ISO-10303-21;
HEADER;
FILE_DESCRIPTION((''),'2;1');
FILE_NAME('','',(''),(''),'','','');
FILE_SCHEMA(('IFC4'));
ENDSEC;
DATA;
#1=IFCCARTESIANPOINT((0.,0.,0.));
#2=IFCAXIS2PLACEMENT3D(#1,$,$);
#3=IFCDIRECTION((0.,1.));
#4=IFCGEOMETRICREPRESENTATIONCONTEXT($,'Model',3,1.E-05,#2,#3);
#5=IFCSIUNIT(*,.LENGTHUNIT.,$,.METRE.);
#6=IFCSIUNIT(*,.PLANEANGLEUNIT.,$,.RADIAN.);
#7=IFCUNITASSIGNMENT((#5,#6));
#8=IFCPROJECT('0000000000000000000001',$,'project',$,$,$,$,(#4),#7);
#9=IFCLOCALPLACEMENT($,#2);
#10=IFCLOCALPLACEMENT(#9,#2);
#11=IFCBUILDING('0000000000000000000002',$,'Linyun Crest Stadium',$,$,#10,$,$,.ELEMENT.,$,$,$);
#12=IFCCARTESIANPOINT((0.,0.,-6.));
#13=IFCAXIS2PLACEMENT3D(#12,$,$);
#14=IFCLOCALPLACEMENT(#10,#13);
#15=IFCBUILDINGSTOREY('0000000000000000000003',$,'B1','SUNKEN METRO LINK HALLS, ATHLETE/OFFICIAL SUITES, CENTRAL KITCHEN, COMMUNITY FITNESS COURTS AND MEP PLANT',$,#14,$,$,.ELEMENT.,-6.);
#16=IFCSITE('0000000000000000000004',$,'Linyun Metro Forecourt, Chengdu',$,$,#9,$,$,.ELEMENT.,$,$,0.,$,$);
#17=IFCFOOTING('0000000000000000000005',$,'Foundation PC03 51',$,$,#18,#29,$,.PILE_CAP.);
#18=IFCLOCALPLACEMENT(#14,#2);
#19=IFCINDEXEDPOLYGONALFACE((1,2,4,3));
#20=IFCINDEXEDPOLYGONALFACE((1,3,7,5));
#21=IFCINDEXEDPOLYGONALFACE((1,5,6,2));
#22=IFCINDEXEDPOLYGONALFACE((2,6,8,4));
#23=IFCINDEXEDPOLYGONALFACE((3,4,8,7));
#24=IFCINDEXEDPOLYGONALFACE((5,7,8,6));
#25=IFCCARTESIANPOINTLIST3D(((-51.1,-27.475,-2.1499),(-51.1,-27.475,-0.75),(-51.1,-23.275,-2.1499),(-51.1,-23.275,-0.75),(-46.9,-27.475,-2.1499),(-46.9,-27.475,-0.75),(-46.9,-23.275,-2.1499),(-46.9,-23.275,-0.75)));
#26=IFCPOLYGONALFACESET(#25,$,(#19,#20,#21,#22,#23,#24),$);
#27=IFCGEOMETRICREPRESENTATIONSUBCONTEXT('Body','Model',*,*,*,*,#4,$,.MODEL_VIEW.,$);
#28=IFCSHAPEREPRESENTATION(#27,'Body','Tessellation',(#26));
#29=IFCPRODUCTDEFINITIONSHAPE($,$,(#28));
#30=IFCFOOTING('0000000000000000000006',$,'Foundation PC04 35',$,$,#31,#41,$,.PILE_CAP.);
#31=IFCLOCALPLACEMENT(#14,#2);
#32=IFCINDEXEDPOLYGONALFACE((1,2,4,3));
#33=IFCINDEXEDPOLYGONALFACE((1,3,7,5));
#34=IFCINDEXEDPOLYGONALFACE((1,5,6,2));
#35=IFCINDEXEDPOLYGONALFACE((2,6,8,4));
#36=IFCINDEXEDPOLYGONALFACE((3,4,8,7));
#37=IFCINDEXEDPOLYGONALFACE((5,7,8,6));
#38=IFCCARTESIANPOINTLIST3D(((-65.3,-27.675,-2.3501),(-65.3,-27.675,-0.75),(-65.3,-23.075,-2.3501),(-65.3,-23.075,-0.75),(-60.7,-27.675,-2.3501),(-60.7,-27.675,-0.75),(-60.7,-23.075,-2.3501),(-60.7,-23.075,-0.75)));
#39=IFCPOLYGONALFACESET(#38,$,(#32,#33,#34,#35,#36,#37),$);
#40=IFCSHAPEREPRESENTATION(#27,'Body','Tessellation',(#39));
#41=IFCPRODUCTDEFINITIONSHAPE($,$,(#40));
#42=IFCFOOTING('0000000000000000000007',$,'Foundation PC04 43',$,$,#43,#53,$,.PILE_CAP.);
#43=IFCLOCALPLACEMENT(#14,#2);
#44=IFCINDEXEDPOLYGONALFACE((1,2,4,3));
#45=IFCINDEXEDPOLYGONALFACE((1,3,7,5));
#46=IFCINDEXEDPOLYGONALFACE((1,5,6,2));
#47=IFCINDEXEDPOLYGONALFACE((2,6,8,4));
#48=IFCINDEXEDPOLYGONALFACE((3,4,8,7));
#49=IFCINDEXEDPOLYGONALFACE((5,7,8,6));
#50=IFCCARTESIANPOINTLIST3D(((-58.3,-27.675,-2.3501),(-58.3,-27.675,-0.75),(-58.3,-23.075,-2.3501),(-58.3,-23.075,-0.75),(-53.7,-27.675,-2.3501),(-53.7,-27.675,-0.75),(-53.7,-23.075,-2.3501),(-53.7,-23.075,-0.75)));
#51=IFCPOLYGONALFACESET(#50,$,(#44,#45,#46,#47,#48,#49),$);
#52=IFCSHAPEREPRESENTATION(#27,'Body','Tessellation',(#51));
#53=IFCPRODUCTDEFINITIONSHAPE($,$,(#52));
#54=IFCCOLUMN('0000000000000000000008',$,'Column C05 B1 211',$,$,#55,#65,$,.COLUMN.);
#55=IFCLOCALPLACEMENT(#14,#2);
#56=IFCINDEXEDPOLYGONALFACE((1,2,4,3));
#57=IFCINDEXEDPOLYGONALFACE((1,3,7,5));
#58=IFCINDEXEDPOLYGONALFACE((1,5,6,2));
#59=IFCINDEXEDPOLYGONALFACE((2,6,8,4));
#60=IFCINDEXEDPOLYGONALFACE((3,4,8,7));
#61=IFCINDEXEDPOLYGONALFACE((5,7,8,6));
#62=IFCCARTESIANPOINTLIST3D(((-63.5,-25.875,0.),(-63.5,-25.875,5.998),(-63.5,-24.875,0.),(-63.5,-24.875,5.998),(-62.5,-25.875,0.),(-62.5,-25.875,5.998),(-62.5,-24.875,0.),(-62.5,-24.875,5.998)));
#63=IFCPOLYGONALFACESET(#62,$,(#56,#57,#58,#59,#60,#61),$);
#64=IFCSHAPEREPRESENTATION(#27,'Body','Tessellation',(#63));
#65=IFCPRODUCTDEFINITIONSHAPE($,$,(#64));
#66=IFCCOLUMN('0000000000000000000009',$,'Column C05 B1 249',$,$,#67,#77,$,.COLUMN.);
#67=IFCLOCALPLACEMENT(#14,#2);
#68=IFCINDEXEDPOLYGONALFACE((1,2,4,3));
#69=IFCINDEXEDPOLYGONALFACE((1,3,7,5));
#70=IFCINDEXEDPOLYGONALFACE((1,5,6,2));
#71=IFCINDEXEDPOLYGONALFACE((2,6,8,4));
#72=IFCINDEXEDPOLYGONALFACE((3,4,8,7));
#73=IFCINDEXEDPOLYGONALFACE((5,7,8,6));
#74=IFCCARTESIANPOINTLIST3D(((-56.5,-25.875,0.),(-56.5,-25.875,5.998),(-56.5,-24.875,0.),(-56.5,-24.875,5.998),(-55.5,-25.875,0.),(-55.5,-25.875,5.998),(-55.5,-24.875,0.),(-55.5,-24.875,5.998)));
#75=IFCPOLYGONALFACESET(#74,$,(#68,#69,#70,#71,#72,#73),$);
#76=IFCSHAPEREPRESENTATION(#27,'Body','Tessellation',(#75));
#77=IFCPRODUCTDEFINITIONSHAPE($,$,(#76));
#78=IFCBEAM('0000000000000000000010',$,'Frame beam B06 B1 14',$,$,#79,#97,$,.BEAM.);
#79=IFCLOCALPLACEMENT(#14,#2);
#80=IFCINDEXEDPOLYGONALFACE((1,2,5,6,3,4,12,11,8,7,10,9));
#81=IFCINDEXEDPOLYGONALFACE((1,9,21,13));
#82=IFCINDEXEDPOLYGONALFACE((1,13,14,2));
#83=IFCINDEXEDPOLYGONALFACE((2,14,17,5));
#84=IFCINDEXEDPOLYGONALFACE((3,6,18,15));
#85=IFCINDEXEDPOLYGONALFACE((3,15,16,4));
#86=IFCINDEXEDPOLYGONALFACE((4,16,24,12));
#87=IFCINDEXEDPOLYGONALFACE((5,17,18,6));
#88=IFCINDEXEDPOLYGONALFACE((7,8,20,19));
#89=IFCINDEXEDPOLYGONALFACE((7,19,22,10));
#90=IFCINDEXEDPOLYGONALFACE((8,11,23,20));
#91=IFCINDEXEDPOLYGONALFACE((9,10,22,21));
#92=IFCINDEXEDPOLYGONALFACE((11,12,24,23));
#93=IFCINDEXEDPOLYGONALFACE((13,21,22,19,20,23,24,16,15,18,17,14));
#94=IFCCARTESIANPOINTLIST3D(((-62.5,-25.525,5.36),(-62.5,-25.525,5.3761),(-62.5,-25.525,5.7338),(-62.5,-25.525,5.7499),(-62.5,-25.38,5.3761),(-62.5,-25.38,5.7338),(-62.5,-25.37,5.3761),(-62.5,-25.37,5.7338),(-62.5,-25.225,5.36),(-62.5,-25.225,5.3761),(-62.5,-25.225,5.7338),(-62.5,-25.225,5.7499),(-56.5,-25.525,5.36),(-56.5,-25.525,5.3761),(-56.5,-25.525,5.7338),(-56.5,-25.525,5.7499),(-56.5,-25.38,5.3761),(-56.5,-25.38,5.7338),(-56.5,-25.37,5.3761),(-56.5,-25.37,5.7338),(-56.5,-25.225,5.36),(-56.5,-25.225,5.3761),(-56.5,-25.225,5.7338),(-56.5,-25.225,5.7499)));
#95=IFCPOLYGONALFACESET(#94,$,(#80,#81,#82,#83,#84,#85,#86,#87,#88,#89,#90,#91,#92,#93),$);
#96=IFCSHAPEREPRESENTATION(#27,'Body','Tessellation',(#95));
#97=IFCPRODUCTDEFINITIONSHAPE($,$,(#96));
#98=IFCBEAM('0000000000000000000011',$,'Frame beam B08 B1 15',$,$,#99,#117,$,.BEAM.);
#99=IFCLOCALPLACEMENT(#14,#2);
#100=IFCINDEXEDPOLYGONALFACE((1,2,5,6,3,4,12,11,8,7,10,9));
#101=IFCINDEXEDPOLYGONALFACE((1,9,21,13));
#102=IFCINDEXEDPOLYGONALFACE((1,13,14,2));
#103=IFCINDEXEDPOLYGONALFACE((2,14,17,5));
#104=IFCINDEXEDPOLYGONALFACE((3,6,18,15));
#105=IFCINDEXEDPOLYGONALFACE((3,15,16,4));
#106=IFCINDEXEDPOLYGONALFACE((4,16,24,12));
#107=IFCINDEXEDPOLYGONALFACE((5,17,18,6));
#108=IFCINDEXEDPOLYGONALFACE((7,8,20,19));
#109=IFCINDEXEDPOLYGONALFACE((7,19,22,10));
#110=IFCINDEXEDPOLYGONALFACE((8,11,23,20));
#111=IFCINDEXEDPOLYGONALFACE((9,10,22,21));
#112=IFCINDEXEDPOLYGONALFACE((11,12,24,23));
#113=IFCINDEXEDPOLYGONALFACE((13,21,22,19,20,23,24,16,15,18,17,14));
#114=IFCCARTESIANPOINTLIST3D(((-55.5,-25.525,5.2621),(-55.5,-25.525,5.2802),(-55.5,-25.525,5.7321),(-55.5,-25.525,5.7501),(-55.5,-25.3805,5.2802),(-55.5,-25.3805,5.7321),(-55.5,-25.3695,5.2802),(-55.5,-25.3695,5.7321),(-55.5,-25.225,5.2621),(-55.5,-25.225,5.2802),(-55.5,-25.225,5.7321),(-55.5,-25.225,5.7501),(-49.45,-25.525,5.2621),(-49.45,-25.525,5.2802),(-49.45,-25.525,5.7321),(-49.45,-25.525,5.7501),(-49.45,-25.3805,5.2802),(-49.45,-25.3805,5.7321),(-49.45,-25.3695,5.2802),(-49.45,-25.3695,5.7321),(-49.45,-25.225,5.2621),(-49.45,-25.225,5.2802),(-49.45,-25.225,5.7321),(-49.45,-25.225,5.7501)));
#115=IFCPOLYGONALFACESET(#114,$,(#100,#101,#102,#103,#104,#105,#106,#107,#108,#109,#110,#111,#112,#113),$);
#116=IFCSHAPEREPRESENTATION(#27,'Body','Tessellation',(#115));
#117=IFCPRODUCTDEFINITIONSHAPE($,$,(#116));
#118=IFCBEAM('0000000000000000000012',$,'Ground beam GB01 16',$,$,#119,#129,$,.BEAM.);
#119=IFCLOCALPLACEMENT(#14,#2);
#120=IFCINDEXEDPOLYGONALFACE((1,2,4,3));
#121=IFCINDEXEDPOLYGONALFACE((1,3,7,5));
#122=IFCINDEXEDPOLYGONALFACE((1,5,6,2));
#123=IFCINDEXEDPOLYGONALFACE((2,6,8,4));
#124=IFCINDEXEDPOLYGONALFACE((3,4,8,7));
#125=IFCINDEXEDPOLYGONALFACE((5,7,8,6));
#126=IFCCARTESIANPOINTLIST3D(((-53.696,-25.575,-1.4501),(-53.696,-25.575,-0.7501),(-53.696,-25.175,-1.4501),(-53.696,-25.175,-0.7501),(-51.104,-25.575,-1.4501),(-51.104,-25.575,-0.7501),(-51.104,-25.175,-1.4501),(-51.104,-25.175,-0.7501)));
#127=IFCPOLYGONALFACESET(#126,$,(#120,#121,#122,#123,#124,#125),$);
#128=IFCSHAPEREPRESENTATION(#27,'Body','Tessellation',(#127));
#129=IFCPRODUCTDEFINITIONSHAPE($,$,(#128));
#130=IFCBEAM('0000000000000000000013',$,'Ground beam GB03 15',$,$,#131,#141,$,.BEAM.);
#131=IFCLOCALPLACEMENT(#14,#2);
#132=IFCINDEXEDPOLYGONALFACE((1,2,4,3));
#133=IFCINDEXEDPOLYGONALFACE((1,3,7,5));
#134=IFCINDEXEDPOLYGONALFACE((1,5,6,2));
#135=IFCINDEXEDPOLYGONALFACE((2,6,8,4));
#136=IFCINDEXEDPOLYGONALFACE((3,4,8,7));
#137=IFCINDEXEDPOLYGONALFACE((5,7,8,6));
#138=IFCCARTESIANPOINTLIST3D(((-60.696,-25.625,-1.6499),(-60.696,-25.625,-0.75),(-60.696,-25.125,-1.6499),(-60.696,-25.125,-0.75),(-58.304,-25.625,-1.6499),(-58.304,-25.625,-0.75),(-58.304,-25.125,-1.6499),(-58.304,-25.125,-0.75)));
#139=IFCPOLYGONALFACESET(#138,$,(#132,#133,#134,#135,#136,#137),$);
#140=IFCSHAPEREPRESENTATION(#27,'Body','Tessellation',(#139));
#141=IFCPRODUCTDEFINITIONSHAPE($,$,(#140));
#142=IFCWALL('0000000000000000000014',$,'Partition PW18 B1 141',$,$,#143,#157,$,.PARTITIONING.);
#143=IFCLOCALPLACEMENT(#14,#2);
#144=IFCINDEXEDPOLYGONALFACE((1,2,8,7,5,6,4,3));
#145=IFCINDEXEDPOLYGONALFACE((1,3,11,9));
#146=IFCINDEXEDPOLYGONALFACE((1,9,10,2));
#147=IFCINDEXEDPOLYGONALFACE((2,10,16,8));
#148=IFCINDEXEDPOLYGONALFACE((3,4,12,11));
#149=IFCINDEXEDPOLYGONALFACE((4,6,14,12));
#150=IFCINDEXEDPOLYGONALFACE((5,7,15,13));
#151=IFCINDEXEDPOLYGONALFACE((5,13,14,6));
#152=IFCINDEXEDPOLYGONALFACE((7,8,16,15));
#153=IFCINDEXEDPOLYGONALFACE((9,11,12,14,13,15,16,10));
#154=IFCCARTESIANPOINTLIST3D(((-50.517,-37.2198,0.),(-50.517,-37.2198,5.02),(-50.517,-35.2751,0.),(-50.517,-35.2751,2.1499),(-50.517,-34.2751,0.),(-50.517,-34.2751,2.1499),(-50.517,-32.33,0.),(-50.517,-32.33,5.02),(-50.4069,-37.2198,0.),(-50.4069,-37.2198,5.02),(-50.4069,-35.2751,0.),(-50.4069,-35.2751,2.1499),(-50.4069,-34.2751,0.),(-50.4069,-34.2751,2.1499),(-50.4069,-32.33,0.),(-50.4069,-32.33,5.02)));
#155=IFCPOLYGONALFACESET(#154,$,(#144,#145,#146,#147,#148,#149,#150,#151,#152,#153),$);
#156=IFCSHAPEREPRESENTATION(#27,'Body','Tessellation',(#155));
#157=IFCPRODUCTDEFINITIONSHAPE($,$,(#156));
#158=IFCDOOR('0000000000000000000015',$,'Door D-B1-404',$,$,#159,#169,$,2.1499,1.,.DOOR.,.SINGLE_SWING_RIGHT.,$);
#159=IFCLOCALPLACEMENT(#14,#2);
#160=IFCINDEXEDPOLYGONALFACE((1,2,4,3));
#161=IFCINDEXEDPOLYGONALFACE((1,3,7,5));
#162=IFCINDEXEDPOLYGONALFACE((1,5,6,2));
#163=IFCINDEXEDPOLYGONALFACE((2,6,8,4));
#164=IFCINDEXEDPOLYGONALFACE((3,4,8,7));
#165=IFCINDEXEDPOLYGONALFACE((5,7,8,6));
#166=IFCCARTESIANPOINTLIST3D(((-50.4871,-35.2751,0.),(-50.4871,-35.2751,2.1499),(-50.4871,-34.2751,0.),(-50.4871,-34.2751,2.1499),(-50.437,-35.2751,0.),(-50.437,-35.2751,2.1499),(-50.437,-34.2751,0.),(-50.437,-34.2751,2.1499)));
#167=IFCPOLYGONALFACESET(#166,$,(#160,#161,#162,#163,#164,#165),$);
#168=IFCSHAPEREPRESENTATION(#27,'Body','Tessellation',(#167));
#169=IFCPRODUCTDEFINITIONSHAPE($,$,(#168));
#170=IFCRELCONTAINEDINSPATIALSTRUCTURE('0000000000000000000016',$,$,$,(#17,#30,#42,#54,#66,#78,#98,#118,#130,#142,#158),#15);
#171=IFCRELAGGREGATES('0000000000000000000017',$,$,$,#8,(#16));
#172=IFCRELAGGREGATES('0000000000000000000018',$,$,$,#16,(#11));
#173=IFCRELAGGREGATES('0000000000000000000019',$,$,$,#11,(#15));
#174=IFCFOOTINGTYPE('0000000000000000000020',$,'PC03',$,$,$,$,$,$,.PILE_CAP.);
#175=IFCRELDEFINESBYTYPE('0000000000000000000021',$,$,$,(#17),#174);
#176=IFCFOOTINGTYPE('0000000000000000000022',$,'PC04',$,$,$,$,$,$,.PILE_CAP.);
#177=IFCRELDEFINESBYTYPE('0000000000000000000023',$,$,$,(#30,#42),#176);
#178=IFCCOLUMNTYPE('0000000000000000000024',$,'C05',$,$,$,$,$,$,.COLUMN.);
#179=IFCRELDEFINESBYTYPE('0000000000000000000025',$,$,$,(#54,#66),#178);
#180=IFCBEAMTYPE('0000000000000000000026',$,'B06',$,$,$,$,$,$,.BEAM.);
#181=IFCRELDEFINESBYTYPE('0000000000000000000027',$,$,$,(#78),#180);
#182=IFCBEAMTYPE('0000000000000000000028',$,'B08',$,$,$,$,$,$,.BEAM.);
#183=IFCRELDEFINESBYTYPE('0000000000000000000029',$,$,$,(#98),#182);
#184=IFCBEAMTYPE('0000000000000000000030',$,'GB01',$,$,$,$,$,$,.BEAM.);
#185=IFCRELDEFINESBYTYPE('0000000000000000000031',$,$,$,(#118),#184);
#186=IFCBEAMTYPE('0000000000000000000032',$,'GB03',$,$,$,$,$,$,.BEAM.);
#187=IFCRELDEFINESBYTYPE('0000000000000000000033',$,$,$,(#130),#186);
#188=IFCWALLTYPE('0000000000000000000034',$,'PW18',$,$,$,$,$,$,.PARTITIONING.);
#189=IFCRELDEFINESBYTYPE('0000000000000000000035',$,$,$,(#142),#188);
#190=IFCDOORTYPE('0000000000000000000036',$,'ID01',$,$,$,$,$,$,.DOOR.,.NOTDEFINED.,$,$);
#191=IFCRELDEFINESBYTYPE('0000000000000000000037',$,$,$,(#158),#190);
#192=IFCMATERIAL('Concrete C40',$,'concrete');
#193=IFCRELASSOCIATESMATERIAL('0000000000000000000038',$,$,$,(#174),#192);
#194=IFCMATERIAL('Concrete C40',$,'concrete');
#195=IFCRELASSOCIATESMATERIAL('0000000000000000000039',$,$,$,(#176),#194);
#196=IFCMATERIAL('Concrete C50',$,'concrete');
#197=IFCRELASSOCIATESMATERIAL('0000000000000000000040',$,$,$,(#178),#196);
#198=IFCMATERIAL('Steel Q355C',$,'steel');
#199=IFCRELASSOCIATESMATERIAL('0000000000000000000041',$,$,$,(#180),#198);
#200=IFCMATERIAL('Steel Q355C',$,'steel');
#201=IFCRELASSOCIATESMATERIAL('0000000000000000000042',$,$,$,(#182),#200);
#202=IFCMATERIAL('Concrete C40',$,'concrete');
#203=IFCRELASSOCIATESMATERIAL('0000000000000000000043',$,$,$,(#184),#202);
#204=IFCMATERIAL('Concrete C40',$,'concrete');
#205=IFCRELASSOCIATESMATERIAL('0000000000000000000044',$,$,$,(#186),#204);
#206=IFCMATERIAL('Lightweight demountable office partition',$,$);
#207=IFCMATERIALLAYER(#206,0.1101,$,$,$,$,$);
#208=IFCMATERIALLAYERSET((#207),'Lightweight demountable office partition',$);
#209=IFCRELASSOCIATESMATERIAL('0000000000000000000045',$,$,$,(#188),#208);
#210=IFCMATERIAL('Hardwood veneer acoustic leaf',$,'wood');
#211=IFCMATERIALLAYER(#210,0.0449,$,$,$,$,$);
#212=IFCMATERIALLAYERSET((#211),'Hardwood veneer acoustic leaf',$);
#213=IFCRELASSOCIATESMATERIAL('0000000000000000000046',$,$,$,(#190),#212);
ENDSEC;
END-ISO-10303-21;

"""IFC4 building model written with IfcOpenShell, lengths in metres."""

from ifc_helpers import new_model, si_unit, direction, frame, frame_2d, origin, origin_2d, place, context, subcontext, project, spatial, rectangle, i_section, extrude, material, layer, layer_set, material_profile, profile_set, type_object, element, fill, save


model = new_model("IFC4")

# Units and contexts
model_context = context("Model", 3, precision=1e-05, world=origin(), true_north=direction((0.0, 1.0)))
body_context = subcontext(model_context, "Body", "Model", "MODEL_VIEW")
ifc_project = project(units=[si_unit("LENGTHUNIT", "METRE"), si_unit("PLANEANGLEUNIT", "RADIAN")], contexts=[model_context])

# Site, building, storey
site_placement = place(None, origin())
site = spatial("IfcSite", under=ifc_project, at=site_placement, Name="Linyun Metro Forecourt, Chengdu", CompositionType="ELEMENT", RefElevation=0.0)
building_placement = place(site_placement, origin())
building = spatial("IfcBuilding", under=site, at=building_placement, Name="Linyun Crest Stadium", CompositionType="ELEMENT")
storey_placement = place(building_placement, frame((0.0, 0.0, -6.0)))
storey = spatial("IfcBuildingStorey", under=building, at=storey_placement, Name="B1", Description="SUNKEN METRO LINK HALLS, ATHLETE/OFFICIAL SUITES, CENTRAL KITCHEN, COMMUNITY FITNESS COURTS AND MEP PLANT", CompositionType="ELEMENT", Elevation=-6.0)

# Footings
ifc_material_1 = material(Name="Concrete C40", Category="concrete")
footing_type_1 = type_object("IfcFootingType", Name="PC03", PredefinedType="PILE_CAP", material=ifc_material_1)
footing_placement = place(storey_placement, frame((-49.0, -25.375, -2.1499), z_axis=(0.0, 0.0, 1.0), x_axis=(1.0, 0.0, 0.0)))
element("IfcFooting", 1, at=footing_placement, inside=storey, type_object=footing_type_1, Name="Foundation PC03 51", PredefinedType="PILE_CAP", context=body_context, shape_type="SweptSolid", body=[
    extrude(rectangle(XDim=4.2, YDim=4.2, at=origin_2d()), origin(), (0.0, 0.0, 1.0), 1.3999),
])
ifc_material_2 = material(Name="Concrete C40", Category="concrete")
footing_type_2 = type_object("IfcFootingType", Name="PC04", PredefinedType="PILE_CAP", material=ifc_material_2)
for number, where, z_axis, x_axis, name in (
    (2, (-63.0, -25.375, -2.3501), (0.0, 0.0, 1.0), (1.0, 0.0, 0.0), "Foundation PC04 35"),
    (3, (-56.0, -25.375, -2.3501), (0.0, 0.0, 1.0), (1.0, 0.0, 0.0), "Foundation PC04 43"),
):
    element("IfcFooting", number, at=place(storey_placement, frame(where, z_axis=z_axis, x_axis=x_axis)), inside=storey, type_object=footing_type_2, Name=name, PredefinedType="PILE_CAP", context=body_context, shape_type="SweptSolid", body=[
        extrude(rectangle(XDim=4.6001, YDim=4.6001, at=origin_2d()), origin(), (0.0, 0.0, 1.0), 1.6001),
    ])

# Columns
ifc_material_3 = material(Name="Concrete C50", Category="concrete")
ifc_material_profile_1 = material_profile(ifc_material_3, rectangle(XDim=1.0, YDim=1.0, at=origin_2d()), Name="RC 1000x1000")
ifc_profile_set_1 = profile_set([ifc_material_profile_1], Name="Concrete C50")
column_type = type_object("IfcColumnType", Name="C05", PredefinedType="COLUMN", material=ifc_profile_set_1)
for number, where, z_axis, x_axis, name in (
    (4, (-63.0, -25.375, 0.0), (0.0, 0.0, 1.0), (1.0, 0.0, 0.0), "Column C05 B1 211"),
    (5, (-56.0, -25.375, 0.0), (0.0, 0.0, 1.0), (1.0, 0.0, 0.0), "Column C05 B1 249"),
):
    element("IfcColumn", number, at=place(storey_placement, frame(where, z_axis=z_axis, x_axis=x_axis)), inside=storey, type_object=column_type, Name=name, PredefinedType="COLUMN", context=body_context, shape_type="SweptSolid", body=[
        extrude(rectangle(XDim=1.0, YDim=1.0, at=origin_2d()), origin(), (0.0, 0.0, 1.0), 5.998),
    ])

# Beams
ifc_material_4 = material(Name="Steel Q355C", Category="steel")
ifc_material_profile_2 = material_profile(ifc_material_4, i_section(OverallWidth=0.3, OverallDepth=0.3899, WebThickness=0.01, FlangeThickness=0.0161, at=origin_2d()), Name="HM 390x300")
ifc_profile_set_2 = profile_set([ifc_material_profile_2], Name="Steel Q355C")
beam_type_1 = type_object("IfcBeamType", Name="B06", PredefinedType="BEAM", material=ifc_profile_set_2)
beam_1_placement = place(storey_placement, frame((-62.5, -25.375, 5.5549), z_axis=(1.0, 0.0, 0.0), x_axis=(0.0, 1.0, 0.0)))
element("IfcBeam", 6, at=beam_1_placement, inside=storey, type_object=beam_type_1, Name="Frame beam B06 B1 14", PredefinedType="BEAM", context=body_context, shape_type="SweptSolid", body=[
    extrude(i_section(OverallWidth=0.3, OverallDepth=0.3899, WebThickness=0.01, FlangeThickness=0.0161, at=origin_2d()), origin(), (0.0, 0.0, 1.0), 6.0),
])
ifc_material_5 = material(Name="Steel Q355C", Category="steel")
ifc_material_profile_3 = material_profile(ifc_material_5, i_section(OverallWidth=0.3, OverallDepth=0.488, WebThickness=0.011, FlangeThickness=0.0181, at=origin_2d()), Name="HM 488x300")
ifc_profile_set_3 = profile_set([ifc_material_profile_3], Name="Steel Q355C")
beam_type_2 = type_object("IfcBeamType", Name="B08", PredefinedType="BEAM", material=ifc_profile_set_3)
beam_2_placement = place(storey_placement, frame((-55.5, -25.375, 5.5061), z_axis=(1.0, 0.0, 0.0), x_axis=(0.0, 1.0, 0.0)))
element("IfcBeam", 7, at=beam_2_placement, inside=storey, type_object=beam_type_2, Name="Frame beam B08 B1 15", PredefinedType="BEAM", context=body_context, shape_type="SweptSolid", body=[
    extrude(i_section(OverallWidth=0.3, OverallDepth=0.488, WebThickness=0.011, FlangeThickness=0.0181, at=origin_2d()), origin(), (0.0, 0.0, 1.0), 6.05),
])
ifc_material_6 = material(Name="Concrete C40", Category="concrete")
ifc_material_profile_4 = material_profile(ifc_material_6, rectangle(XDim=0.3999, YDim=0.7, at=origin_2d()), Name="RCB 700x400")
ifc_profile_set_4 = profile_set([ifc_material_profile_4], Name="Concrete C40")
beam_type_3 = type_object("IfcBeamType", Name="GB01", PredefinedType="BEAM", material=ifc_profile_set_4)
beam_3_placement = place(storey_placement, frame((-53.696, -25.375, -1.1001), z_axis=(1.0, 0.0, 0.0), x_axis=(0.0, 1.0, 0.0)))
element("IfcBeam", 8, at=beam_3_placement, inside=storey, type_object=beam_type_3, Name="Ground beam GB01 16", PredefinedType="BEAM", context=body_context, shape_type="SweptSolid", body=[
    extrude(rectangle(XDim=0.3999, YDim=0.7, at=origin_2d()), origin(), (0.0, 0.0, 1.0), 2.592),
])
ifc_material_7 = material(Name="Concrete C40", Category="concrete")
ifc_material_profile_5 = material_profile(ifc_material_7, rectangle(XDim=0.5, YDim=0.8999, at=origin_2d()), Name="RCB 900x500")
ifc_profile_set_5 = profile_set([ifc_material_profile_5], Name="Concrete C40")
beam_type_4 = type_object("IfcBeamType", Name="GB03", PredefinedType="BEAM", material=ifc_profile_set_5)
beam_4_placement = place(storey_placement, frame((-60.696, -25.375, -1.2), z_axis=(1.0, 0.0, 0.0), x_axis=(0.0, 1.0, 0.0)))
element("IfcBeam", 9, at=beam_4_placement, inside=storey, type_object=beam_type_4, Name="Ground beam GB03 15", PredefinedType="BEAM", context=body_context, shape_type="SweptSolid", body=[
    extrude(rectangle(XDim=0.5, YDim=0.8999, at=origin_2d()), origin(), (0.0, 0.0, 1.0), 2.3921),
])

# Wall, opening, door
ifc_material_8 = material(Name="Lightweight demountable office partition")
ifc_layer_1 = layer(ifc_material_8, 0.1101)
ifc_layer_set_1 = layer_set([ifc_layer_1], Name="Lightweight demountable office partition")
wall_type = type_object("IfcWallType", Name="PW18", PredefinedType="PARTITIONING", material=ifc_layer_set_1)
wall_1_placement = place(storey_placement, frame((-50.4619, -32.3301, 0.0), z_axis=(0.0, 0.0, 1.0), x_axis=(0.0, -1.0, 0.0)))
wall_1 = element("IfcWall", 10, at=wall_1_placement, inside=storey, type_object=wall_type, Name="Partition PW18 B1 141", PredefinedType="PARTITIONING", context=body_context, shape_type="SweptSolid", body=[
    extrude(rectangle(XDim=4.8899, YDim=0.1101, at=frame_2d((2.4448, 0.0))), origin(), (0.0, 0.0, 1.0), 5.02),
])
opening_placement = place(wall_1_placement, frame((1.9451, 0.0, 0.0)))
opening = element("IfcOpeningElement", 11, at=opening_placement, cuts=wall_1, PredefinedType="OPENING", context=body_context, shape_type="SweptSolid", body=[
    extrude(rectangle(XDim=1.0, YDim=2.1499, at=frame_2d((0.5, 1.075))), frame((0.0, 0.0649, 0.0), z_axis=(0.0, -1.0, 0.0), x_axis=(1.0, 0.0, 0.0)), (0.0, 0.0, 1.0), 0.1301),
])
ifc_material_9 = material(Name="Hardwood veneer acoustic leaf", Category="wood")
ifc_layer_2 = layer(ifc_material_9, 0.0449)
ifc_layer_set_2 = layer_set([ifc_layer_2], Name="Hardwood veneer acoustic leaf")
door_type = type_object("IfcDoorType", Name="ID01", OperationType="NOTDEFINED", PredefinedType="DOOR", material=ifc_layer_set_2)
door_placement = place(opening_placement, origin())
door = element("IfcDoor", 12, at=door_placement, inside=storey, type_object=door_type, Name="Door D-B1-404", OperationType="SINGLE_SWING_RIGHT", OverallHeight=2.1499, OverallWidth=1.0, PredefinedType="DOOR", context=body_context, shape_type="SweptSolid", body=[
    extrude(rectangle(XDim=1.0, YDim=2.1499, at=frame_2d((0.5, 1.075))), frame((0.0, 0.0249, 0.0), z_axis=(0.0, -1.0, 0.0), x_axis=(1.0, 0.0, 0.0)), (0.0, 0.0, 1.0), 0.05),
])
fill(opening, door)

save(model, "model.ifc")
